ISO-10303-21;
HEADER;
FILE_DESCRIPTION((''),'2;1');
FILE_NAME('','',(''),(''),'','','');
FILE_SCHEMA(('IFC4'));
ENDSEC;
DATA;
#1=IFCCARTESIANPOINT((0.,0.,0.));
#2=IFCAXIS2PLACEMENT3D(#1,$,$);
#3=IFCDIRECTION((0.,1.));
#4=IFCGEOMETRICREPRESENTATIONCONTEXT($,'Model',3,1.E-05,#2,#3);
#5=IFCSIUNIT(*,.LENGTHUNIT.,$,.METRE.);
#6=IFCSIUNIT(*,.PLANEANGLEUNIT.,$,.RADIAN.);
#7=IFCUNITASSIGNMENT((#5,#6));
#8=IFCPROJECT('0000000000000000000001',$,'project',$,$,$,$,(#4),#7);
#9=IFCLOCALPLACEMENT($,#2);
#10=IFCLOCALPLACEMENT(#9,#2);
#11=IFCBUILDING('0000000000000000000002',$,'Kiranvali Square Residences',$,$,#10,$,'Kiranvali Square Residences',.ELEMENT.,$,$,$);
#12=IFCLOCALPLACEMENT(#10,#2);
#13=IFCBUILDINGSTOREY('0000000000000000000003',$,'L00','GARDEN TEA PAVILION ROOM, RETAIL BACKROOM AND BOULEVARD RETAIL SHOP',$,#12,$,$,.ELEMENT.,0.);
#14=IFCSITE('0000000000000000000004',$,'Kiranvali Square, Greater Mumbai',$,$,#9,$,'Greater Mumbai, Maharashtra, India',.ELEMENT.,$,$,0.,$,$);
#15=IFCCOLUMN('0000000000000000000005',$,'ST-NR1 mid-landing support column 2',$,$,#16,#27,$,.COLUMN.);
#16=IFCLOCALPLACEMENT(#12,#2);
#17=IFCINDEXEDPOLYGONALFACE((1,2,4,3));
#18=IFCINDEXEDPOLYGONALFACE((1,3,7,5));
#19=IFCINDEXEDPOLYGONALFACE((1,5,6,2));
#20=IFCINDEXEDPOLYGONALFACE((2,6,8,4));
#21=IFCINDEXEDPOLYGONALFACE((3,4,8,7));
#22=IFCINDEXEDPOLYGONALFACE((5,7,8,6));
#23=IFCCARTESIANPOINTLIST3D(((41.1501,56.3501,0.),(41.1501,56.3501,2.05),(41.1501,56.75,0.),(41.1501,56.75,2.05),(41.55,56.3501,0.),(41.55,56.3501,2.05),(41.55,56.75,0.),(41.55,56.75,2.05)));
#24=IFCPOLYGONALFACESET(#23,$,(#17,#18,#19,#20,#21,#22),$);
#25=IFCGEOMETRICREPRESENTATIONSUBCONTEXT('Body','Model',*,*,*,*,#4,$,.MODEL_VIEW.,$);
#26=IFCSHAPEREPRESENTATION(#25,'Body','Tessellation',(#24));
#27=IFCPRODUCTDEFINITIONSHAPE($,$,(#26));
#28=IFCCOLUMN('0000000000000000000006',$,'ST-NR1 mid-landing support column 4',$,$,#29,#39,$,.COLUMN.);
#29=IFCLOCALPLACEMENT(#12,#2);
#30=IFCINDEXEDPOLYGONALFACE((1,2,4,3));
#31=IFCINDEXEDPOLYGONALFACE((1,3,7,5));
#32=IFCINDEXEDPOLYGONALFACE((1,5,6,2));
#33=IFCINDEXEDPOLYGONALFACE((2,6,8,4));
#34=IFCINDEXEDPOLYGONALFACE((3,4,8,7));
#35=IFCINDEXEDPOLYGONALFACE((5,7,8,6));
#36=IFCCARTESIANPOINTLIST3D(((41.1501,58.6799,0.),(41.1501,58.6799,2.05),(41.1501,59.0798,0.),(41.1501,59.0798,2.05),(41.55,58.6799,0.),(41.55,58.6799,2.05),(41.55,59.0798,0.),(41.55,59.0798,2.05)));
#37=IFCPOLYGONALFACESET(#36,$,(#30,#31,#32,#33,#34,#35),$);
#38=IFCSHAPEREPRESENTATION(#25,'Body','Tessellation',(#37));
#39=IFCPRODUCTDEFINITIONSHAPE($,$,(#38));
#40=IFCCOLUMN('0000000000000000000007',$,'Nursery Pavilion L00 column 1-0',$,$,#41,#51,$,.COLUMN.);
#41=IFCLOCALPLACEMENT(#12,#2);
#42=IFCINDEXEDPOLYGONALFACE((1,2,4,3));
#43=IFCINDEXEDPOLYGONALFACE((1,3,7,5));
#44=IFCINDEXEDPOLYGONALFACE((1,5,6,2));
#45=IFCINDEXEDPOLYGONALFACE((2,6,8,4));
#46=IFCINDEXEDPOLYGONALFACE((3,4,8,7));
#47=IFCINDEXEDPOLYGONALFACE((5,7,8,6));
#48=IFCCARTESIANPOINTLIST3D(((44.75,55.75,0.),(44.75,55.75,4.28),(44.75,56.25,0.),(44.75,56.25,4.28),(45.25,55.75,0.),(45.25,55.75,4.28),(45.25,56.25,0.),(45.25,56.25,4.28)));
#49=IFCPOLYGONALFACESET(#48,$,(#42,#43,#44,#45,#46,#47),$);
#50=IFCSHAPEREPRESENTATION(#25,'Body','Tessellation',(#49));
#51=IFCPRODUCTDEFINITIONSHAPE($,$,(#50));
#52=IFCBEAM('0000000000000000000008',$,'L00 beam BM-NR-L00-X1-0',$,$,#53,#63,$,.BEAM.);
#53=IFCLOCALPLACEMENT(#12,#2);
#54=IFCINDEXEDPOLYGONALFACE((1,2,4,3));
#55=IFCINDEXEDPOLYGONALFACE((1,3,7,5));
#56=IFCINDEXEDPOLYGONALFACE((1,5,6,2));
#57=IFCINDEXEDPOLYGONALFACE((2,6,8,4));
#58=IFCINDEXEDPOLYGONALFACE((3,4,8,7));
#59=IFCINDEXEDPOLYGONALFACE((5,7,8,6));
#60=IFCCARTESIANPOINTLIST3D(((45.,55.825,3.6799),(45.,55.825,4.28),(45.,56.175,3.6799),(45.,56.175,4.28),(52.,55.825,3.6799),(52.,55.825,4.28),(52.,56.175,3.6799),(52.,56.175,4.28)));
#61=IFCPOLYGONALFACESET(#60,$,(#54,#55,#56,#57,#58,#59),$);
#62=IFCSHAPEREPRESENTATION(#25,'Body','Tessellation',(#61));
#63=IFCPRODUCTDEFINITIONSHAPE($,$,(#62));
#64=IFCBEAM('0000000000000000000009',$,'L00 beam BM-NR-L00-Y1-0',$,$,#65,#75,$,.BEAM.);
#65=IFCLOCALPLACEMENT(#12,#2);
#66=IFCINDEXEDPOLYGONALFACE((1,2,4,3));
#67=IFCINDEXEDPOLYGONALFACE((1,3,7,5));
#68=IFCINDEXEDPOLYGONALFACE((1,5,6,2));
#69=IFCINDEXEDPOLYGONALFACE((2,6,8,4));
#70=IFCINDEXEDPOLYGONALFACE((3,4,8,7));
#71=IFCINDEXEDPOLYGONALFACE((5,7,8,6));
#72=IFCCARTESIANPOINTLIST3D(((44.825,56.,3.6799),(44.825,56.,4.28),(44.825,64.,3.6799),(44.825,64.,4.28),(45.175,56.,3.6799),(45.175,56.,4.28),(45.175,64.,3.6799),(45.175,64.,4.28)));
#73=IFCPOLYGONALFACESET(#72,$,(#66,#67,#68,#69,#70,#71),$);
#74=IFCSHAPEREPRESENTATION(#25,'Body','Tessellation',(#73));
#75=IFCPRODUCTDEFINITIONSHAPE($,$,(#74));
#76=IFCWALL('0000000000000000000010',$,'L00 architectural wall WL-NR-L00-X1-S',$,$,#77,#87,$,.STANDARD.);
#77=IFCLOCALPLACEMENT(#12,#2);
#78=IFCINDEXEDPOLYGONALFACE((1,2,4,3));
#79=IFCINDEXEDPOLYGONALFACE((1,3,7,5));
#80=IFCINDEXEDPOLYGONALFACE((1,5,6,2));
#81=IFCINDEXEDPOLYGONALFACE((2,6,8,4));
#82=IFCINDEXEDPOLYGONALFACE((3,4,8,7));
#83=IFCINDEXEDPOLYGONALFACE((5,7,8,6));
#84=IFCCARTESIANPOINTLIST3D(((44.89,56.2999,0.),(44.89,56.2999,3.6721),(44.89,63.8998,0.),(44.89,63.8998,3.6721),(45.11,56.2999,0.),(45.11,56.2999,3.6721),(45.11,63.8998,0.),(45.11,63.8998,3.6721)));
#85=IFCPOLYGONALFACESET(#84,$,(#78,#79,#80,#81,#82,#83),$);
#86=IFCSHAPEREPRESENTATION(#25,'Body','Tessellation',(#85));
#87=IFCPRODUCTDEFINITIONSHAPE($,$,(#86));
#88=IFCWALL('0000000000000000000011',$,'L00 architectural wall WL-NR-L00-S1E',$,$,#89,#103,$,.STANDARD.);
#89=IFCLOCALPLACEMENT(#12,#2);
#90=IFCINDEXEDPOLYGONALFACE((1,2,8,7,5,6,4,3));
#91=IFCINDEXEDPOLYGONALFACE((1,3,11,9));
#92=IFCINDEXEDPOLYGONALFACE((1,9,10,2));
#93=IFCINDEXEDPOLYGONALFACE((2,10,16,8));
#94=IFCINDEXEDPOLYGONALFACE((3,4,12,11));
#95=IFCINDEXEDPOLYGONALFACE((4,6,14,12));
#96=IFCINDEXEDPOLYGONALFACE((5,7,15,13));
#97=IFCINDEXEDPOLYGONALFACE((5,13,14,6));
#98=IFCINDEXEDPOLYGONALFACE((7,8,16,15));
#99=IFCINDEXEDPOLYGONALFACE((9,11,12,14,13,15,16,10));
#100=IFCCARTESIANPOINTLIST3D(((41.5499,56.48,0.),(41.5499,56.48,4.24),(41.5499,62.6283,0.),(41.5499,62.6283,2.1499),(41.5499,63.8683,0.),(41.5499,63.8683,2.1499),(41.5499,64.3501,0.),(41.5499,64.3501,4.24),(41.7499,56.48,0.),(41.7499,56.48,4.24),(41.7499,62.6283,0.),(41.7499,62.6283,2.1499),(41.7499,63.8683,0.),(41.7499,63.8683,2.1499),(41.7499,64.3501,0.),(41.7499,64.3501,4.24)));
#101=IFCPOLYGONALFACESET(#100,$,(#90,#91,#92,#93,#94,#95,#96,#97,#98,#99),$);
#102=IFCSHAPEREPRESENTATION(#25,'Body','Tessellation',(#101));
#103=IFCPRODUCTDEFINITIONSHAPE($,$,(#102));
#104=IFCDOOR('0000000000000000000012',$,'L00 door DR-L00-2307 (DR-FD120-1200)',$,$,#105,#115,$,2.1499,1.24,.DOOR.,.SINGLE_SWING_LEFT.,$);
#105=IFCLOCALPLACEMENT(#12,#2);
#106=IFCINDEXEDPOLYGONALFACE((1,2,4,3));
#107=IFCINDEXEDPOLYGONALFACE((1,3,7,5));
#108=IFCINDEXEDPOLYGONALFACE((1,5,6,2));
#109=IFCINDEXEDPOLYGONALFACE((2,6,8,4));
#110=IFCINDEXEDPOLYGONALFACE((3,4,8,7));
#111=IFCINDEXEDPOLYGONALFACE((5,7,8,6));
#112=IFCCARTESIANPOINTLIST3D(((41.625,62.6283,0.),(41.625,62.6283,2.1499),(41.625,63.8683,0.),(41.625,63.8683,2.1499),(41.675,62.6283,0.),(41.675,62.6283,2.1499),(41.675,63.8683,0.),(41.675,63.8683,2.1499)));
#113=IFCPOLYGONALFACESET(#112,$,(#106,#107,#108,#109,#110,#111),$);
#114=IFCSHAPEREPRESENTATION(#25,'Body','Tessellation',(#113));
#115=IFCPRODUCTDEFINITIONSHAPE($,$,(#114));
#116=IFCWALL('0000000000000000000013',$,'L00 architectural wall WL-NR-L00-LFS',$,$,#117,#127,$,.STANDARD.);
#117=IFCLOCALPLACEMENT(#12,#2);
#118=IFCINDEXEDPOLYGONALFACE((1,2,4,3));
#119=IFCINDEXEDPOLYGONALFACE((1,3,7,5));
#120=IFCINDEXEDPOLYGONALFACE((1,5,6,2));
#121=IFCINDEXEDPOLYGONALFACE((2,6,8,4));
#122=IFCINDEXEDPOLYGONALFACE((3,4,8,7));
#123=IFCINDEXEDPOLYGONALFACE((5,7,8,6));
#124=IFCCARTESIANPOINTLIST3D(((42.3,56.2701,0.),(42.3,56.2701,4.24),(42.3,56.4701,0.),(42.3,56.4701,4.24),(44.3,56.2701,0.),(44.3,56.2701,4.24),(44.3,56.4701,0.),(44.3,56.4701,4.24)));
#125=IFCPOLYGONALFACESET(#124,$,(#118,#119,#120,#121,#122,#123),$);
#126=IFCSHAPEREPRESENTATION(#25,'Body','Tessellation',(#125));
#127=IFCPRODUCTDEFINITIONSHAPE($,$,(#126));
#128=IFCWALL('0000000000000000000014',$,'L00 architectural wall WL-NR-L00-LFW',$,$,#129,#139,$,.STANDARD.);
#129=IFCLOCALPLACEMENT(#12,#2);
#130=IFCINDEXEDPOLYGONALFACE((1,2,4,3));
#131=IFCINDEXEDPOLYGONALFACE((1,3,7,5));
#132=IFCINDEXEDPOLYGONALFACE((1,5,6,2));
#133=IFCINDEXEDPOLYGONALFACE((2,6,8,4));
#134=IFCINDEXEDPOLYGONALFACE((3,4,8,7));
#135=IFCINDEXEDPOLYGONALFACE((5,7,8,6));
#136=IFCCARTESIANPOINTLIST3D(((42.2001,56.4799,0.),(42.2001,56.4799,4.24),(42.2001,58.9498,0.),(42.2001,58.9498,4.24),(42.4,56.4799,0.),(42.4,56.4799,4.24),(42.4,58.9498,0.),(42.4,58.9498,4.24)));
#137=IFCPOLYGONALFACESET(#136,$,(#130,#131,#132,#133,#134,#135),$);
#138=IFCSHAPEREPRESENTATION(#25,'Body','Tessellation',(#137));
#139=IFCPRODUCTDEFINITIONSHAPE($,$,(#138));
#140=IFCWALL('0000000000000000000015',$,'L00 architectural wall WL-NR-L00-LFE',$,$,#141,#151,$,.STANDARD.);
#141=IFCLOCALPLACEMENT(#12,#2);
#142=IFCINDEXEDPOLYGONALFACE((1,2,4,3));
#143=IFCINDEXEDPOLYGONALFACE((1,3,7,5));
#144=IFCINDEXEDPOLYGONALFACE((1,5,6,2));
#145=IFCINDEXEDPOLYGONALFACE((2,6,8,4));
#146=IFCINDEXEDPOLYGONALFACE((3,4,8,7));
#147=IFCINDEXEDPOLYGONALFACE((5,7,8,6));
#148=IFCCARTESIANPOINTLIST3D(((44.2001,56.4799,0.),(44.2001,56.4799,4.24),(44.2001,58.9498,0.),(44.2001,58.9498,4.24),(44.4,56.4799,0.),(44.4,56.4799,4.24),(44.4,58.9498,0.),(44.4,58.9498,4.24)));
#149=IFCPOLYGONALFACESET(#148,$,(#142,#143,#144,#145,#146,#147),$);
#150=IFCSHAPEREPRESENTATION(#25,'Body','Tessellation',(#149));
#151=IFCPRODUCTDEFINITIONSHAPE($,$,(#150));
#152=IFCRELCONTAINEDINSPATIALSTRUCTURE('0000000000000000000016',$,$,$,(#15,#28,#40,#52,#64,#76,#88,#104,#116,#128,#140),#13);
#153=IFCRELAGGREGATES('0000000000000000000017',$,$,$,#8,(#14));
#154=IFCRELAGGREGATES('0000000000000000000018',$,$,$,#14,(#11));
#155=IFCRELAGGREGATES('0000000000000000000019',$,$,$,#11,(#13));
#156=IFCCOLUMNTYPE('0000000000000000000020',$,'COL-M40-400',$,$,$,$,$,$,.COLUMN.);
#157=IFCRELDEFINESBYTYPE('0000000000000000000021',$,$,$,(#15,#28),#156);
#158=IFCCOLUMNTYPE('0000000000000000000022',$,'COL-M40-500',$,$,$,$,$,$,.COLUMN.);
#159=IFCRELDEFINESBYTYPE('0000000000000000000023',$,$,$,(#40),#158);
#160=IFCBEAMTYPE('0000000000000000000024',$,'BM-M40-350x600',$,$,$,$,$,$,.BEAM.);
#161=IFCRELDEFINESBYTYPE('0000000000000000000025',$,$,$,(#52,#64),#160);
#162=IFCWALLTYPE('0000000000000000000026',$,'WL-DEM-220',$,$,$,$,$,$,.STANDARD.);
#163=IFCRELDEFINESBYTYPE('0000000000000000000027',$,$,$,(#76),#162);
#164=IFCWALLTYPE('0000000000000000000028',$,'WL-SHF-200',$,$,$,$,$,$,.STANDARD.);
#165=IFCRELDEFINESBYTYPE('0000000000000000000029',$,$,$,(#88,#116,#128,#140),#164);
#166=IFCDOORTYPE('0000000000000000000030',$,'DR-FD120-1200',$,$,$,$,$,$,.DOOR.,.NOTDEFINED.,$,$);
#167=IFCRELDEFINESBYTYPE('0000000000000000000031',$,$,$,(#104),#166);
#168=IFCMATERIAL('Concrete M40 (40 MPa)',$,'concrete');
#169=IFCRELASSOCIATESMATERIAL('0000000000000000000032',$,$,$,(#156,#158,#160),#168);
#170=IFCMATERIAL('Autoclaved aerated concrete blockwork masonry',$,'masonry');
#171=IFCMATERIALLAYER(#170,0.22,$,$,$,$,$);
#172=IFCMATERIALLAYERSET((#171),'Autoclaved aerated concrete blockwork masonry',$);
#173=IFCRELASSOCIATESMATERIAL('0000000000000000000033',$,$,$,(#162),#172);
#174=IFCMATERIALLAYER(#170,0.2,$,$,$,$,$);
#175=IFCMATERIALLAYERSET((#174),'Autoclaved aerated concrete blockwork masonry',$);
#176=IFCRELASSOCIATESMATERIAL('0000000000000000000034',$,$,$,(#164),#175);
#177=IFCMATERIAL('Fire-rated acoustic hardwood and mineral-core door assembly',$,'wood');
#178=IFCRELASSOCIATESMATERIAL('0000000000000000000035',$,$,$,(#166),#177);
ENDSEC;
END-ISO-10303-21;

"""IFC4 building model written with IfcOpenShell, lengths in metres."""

from ifc_helpers import new_model, si_unit, direction, frame, frame_2d, origin, origin_2d, place, context, subcontext, project, spatial, rectangle, extrude, material, layer, layer_set, material_profile, profile_set, type_object, element, fill, save


model = new_model("IFC4")

# Units and contexts
model_context = context("Model", 3, precision=1e-05, world=origin(), true_north=direction((0.0, 1.0)))
body_context = subcontext(model_context, "Body", "Model", "MODEL_VIEW")
ifc_project = project(units=[si_unit("LENGTHUNIT", "METRE"), si_unit("PLANEANGLEUNIT", "RADIAN")], contexts=[model_context])

# Site, building, storey
site_placement = place(None, origin())
site = spatial("IfcSite", under=ifc_project, at=site_placement, Name="Kiranvali Square, Greater Mumbai", LongName="Greater Mumbai, Maharashtra, India", CompositionType="ELEMENT", RefElevation=0.0)
building_placement = place(site_placement, origin())
building = spatial("IfcBuilding", under=site, at=building_placement, Name="Kiranvali Square Residences", LongName="Kiranvali Square Residences", CompositionType="ELEMENT")
storey_placement = place(building_placement, origin())
storey = spatial("IfcBuildingStorey", under=building, at=storey_placement, Name="L00", Description="GARDEN TEA PAVILION ROOM, RETAIL BACKROOM AND BOULEVARD RETAIL SHOP", CompositionType="ELEMENT", Elevation=0.0)

# Columns
ifc_material_1 = material(Name="Concrete M40 (40 MPa)", Category="concrete")
ifc_material_profile_1 = material_profile(ifc_material_1, rectangle(XDim=0.3999, YDim=0.3999, at=origin_2d()), Name="RC 400x400")
ifc_profile_set_1 = profile_set([ifc_material_profile_1], Name="Concrete M40 (40 MPa)")
column_type_1 = type_object("IfcColumnType", Name="COL-M40-400", PredefinedType="COLUMN", material=ifc_profile_set_1)
for number, where, z_axis, x_axis, name in (
    (1, (41.3501, 56.55, 0.0), (0.0, 0.0, 1.0), (1.0, 0.0, 0.0), "ST-NR1 mid-landing support column 2"),
    (2, (41.3501, 58.8799, 0.0), (0.0, 0.0, 1.0), (1.0, 0.0, 0.0), "ST-NR1 mid-landing support column 4"),
):
    element("IfcColumn", number, at=place(storey_placement, frame(where, z_axis=z_axis, x_axis=x_axis)), inside=storey, type_object=column_type_1, Name=name, PredefinedType="COLUMN", context=body_context, shape_type="SweptSolid", body=[
        extrude(rectangle(XDim=0.3999, YDim=0.3999, at=origin_2d()), origin(), (0.0, 0.0, 1.0), 2.05),
    ])
ifc_material_profile_2 = material_profile(ifc_material_1, rectangle(XDim=0.5, YDim=0.5, at=origin_2d()), Name="RC 500x500")
ifc_profile_set_2 = profile_set([ifc_material_profile_2], Name="Concrete M40 (40 MPa)")
column_type_2 = type_object("IfcColumnType", Name="COL-M40-500", PredefinedType="COLUMN", material=ifc_profile_set_2)
column_placement = place(storey_placement, frame((45.0, 56.0, 0.0), z_axis=(0.0, 0.0, 1.0), x_axis=(1.0, 0.0, 0.0)))
element("IfcColumn", 3, at=column_placement, inside=storey, type_object=column_type_2, Name="Nursery Pavilion L00 column 1-0", PredefinedType="COLUMN", context=body_context, shape_type="SweptSolid", body=[
    extrude(rectangle(XDim=0.5, YDim=0.5, at=origin_2d()), origin(), (0.0, 0.0, 1.0), 4.28),
])

# Beams
ifc_material_profile_3 = material_profile(ifc_material_1, rectangle(XDim=0.3501, YDim=0.6001, at=origin_2d()), Name="RC 350x600")
ifc_profile_set_3 = profile_set([ifc_material_profile_3], Name="Concrete M40 (40 MPa)")
beam_type = type_object("IfcBeamType", Name="BM-M40-350x600", PredefinedType="BEAM", material=ifc_profile_set_3)
beam_1_placement = place(storey_placement, frame((45.0, 56.0, 3.98), z_axis=(1.0, 0.0, 0.0), x_axis=(0.0, 1.0, 0.0)))
element("IfcBeam", 4, at=beam_1_placement, inside=storey, type_object=beam_type, Name="L00 beam BM-NR-L00-X1-0", PredefinedType="BEAM", context=body_context, shape_type="SweptSolid", body=[
    extrude(rectangle(XDim=0.3501, YDim=0.6001, at=origin_2d()), origin(), (0.0, 0.0, 1.0), 7.0),
])
beam_2_placement = place(storey_placement, frame((45.0, 56.0, 3.98), z_axis=(0.0, 1.0, 0.0), x_axis=(-1.0, 0.0, 0.0)))
element("IfcBeam", 5, at=beam_2_placement, inside=storey, type_object=beam_type, Name="L00 beam BM-NR-L00-Y1-0", PredefinedType="BEAM", context=body_context, shape_type="SweptSolid", body=[
    extrude(rectangle(XDim=0.3501, YDim=0.6001, at=origin_2d()), origin(), (0.0, 0.0, 1.0), 8.0),
])

# Wall
ifc_material_2 = material(Name="Autoclaved aerated concrete blockwork masonry", Category="masonry")
ifc_layer_1 = layer(ifc_material_2, 0.22)
ifc_layer_set_1 = layer_set([ifc_layer_1], Name="Autoclaved aerated concrete blockwork masonry")
wall_type_1 = type_object("IfcWallType", Name="WL-DEM-220", PredefinedType="STANDARD", material=ifc_layer_set_1)
wall_1_placement = place(storey_placement, frame((45.0, 56.3, 0.0), z_axis=(0.0, 0.0, 1.0), x_axis=(0.0, 1.0, 0.0)))
element("IfcWall", 6, at=wall_1_placement, inside=storey, type_object=wall_type_1, Name="L00 architectural wall WL-NR-L00-X1-S", PredefinedType="STANDARD", context=body_context, shape_type="SweptSolid", body=[
    extrude(rectangle(XDim=7.5999, YDim=0.22, at=frame_2d((3.7998, 0.0))), origin(), (0.0, 0.0, 1.0), 3.6721),
])

# Wall, opening, door
ifc_layer_2 = layer(ifc_material_2, 0.2)
ifc_layer_set_2 = layer_set([ifc_layer_2], Name="Autoclaved aerated concrete blockwork masonry")
wall_type_2 = type_object("IfcWallType", Name="WL-SHF-200", PredefinedType="STANDARD", material=ifc_layer_set_2)
wall_2_placement = place(storey_placement, frame((41.6499, 56.48, 0.0), z_axis=(0.0, 0.0, 1.0), x_axis=(0.0, 1.0, 0.0)))
wall_2 = element("IfcWall", 7, at=wall_2_placement, inside=storey, type_object=wall_type_2, Name="L00 architectural wall WL-NR-L00-S1E", PredefinedType="STANDARD", context=body_context, shape_type="SweptSolid", body=[
    extrude(rectangle(XDim=7.8701, YDim=0.2, at=frame_2d((3.9351, 0.0))), origin(), (0.0, 0.0, 1.0), 4.24),
])
opening_1_placement = place(wall_2_placement, frame((6.1482, 0.0, 0.0)))
opening_1 = element("IfcOpeningElement", 8, at=opening_1_placement, cuts=wall_2, PredefinedType="OPENING", context=body_context, shape_type="SweptSolid", body=[
    extrude(rectangle(XDim=1.24, YDim=2.1499, at=frame_2d((0.6201, 1.075))), frame((0.0, 0.1099, 0.0), z_axis=(0.0, -1.0, 0.0), x_axis=(1.0, 0.0, 0.0)), (0.0, 0.0, 1.0), 0.22),
])
ifc_material_3 = material(Name="Fire-rated acoustic hardwood and mineral-core door assembly", Category="wood")
door_type_1 = type_object("IfcDoorType", Name="DR-FD120-1200", OperationType="NOTDEFINED", PredefinedType="DOOR", material=ifc_material_3)
door_1_placement = place(opening_1_placement, origin())
door_1 = element("IfcDoor", 9, at=door_1_placement, inside=storey, type_object=door_type_1, Name="L00 door DR-L00-2307 (DR-FD120-1200)", OperationType="SINGLE_SWING_LEFT", OverallHeight=2.1499, OverallWidth=1.24, PredefinedType="DOOR", context=body_context, shape_type="SweptSolid", body=[
    extrude(rectangle(XDim=1.24, YDim=2.1499, at=frame_2d((0.6201, 1.075))), frame((0.0, 0.0249, 0.0), z_axis=(0.0, -1.0, 0.0), x_axis=(1.0, 0.0, 0.0)), (0.0, 0.0, 1.0), 0.05),
])
fill(opening_1, door_1)

# Walls
wall_3_placement = place(storey_placement, frame((42.3, 56.3701, 0.0), z_axis=(0.0, 0.0, 1.0), x_axis=(1.0, 0.0, 0.0)))
element("IfcWall", 10, at=wall_3_placement, inside=storey, type_object=wall_type_2, Name="L00 architectural wall WL-NR-L00-LFS", PredefinedType="STANDARD", context=body_context, shape_type="SweptSolid", body=[
    extrude(rectangle(XDim=2.0, YDim=0.2, at=frame_2d((1.0, 0.0))), origin(), (0.0, 0.0, 1.0), 4.24),
])
for number, where, z_axis, x_axis, name in (
    (11, (42.3, 56.48, 0.0), (0.0, 0.0, 1.0), (0.0, 1.0, 0.0), "L00 architectural wall WL-NR-L00-LFW"),
    (12, (44.3, 56.48, 0.0), (0.0, 0.0, 1.0), (0.0, 1.0, 0.0), "L00 architectural wall WL-NR-L00-LFE"),
):
    element("IfcWall", number, at=place(storey_placement, frame(where, z_axis=z_axis, x_axis=x_axis)), inside=storey, type_object=wall_type_2, Name=name, PredefinedType="STANDARD", context=body_context, shape_type="SweptSolid", body=[
        extrude(rectangle(XDim=2.47, YDim=0.2, at=frame_2d((1.2349, 0.0))), origin(), (0.0, 0.0, 1.0), 4.24),
    ])

save(model, "model.ifc")
